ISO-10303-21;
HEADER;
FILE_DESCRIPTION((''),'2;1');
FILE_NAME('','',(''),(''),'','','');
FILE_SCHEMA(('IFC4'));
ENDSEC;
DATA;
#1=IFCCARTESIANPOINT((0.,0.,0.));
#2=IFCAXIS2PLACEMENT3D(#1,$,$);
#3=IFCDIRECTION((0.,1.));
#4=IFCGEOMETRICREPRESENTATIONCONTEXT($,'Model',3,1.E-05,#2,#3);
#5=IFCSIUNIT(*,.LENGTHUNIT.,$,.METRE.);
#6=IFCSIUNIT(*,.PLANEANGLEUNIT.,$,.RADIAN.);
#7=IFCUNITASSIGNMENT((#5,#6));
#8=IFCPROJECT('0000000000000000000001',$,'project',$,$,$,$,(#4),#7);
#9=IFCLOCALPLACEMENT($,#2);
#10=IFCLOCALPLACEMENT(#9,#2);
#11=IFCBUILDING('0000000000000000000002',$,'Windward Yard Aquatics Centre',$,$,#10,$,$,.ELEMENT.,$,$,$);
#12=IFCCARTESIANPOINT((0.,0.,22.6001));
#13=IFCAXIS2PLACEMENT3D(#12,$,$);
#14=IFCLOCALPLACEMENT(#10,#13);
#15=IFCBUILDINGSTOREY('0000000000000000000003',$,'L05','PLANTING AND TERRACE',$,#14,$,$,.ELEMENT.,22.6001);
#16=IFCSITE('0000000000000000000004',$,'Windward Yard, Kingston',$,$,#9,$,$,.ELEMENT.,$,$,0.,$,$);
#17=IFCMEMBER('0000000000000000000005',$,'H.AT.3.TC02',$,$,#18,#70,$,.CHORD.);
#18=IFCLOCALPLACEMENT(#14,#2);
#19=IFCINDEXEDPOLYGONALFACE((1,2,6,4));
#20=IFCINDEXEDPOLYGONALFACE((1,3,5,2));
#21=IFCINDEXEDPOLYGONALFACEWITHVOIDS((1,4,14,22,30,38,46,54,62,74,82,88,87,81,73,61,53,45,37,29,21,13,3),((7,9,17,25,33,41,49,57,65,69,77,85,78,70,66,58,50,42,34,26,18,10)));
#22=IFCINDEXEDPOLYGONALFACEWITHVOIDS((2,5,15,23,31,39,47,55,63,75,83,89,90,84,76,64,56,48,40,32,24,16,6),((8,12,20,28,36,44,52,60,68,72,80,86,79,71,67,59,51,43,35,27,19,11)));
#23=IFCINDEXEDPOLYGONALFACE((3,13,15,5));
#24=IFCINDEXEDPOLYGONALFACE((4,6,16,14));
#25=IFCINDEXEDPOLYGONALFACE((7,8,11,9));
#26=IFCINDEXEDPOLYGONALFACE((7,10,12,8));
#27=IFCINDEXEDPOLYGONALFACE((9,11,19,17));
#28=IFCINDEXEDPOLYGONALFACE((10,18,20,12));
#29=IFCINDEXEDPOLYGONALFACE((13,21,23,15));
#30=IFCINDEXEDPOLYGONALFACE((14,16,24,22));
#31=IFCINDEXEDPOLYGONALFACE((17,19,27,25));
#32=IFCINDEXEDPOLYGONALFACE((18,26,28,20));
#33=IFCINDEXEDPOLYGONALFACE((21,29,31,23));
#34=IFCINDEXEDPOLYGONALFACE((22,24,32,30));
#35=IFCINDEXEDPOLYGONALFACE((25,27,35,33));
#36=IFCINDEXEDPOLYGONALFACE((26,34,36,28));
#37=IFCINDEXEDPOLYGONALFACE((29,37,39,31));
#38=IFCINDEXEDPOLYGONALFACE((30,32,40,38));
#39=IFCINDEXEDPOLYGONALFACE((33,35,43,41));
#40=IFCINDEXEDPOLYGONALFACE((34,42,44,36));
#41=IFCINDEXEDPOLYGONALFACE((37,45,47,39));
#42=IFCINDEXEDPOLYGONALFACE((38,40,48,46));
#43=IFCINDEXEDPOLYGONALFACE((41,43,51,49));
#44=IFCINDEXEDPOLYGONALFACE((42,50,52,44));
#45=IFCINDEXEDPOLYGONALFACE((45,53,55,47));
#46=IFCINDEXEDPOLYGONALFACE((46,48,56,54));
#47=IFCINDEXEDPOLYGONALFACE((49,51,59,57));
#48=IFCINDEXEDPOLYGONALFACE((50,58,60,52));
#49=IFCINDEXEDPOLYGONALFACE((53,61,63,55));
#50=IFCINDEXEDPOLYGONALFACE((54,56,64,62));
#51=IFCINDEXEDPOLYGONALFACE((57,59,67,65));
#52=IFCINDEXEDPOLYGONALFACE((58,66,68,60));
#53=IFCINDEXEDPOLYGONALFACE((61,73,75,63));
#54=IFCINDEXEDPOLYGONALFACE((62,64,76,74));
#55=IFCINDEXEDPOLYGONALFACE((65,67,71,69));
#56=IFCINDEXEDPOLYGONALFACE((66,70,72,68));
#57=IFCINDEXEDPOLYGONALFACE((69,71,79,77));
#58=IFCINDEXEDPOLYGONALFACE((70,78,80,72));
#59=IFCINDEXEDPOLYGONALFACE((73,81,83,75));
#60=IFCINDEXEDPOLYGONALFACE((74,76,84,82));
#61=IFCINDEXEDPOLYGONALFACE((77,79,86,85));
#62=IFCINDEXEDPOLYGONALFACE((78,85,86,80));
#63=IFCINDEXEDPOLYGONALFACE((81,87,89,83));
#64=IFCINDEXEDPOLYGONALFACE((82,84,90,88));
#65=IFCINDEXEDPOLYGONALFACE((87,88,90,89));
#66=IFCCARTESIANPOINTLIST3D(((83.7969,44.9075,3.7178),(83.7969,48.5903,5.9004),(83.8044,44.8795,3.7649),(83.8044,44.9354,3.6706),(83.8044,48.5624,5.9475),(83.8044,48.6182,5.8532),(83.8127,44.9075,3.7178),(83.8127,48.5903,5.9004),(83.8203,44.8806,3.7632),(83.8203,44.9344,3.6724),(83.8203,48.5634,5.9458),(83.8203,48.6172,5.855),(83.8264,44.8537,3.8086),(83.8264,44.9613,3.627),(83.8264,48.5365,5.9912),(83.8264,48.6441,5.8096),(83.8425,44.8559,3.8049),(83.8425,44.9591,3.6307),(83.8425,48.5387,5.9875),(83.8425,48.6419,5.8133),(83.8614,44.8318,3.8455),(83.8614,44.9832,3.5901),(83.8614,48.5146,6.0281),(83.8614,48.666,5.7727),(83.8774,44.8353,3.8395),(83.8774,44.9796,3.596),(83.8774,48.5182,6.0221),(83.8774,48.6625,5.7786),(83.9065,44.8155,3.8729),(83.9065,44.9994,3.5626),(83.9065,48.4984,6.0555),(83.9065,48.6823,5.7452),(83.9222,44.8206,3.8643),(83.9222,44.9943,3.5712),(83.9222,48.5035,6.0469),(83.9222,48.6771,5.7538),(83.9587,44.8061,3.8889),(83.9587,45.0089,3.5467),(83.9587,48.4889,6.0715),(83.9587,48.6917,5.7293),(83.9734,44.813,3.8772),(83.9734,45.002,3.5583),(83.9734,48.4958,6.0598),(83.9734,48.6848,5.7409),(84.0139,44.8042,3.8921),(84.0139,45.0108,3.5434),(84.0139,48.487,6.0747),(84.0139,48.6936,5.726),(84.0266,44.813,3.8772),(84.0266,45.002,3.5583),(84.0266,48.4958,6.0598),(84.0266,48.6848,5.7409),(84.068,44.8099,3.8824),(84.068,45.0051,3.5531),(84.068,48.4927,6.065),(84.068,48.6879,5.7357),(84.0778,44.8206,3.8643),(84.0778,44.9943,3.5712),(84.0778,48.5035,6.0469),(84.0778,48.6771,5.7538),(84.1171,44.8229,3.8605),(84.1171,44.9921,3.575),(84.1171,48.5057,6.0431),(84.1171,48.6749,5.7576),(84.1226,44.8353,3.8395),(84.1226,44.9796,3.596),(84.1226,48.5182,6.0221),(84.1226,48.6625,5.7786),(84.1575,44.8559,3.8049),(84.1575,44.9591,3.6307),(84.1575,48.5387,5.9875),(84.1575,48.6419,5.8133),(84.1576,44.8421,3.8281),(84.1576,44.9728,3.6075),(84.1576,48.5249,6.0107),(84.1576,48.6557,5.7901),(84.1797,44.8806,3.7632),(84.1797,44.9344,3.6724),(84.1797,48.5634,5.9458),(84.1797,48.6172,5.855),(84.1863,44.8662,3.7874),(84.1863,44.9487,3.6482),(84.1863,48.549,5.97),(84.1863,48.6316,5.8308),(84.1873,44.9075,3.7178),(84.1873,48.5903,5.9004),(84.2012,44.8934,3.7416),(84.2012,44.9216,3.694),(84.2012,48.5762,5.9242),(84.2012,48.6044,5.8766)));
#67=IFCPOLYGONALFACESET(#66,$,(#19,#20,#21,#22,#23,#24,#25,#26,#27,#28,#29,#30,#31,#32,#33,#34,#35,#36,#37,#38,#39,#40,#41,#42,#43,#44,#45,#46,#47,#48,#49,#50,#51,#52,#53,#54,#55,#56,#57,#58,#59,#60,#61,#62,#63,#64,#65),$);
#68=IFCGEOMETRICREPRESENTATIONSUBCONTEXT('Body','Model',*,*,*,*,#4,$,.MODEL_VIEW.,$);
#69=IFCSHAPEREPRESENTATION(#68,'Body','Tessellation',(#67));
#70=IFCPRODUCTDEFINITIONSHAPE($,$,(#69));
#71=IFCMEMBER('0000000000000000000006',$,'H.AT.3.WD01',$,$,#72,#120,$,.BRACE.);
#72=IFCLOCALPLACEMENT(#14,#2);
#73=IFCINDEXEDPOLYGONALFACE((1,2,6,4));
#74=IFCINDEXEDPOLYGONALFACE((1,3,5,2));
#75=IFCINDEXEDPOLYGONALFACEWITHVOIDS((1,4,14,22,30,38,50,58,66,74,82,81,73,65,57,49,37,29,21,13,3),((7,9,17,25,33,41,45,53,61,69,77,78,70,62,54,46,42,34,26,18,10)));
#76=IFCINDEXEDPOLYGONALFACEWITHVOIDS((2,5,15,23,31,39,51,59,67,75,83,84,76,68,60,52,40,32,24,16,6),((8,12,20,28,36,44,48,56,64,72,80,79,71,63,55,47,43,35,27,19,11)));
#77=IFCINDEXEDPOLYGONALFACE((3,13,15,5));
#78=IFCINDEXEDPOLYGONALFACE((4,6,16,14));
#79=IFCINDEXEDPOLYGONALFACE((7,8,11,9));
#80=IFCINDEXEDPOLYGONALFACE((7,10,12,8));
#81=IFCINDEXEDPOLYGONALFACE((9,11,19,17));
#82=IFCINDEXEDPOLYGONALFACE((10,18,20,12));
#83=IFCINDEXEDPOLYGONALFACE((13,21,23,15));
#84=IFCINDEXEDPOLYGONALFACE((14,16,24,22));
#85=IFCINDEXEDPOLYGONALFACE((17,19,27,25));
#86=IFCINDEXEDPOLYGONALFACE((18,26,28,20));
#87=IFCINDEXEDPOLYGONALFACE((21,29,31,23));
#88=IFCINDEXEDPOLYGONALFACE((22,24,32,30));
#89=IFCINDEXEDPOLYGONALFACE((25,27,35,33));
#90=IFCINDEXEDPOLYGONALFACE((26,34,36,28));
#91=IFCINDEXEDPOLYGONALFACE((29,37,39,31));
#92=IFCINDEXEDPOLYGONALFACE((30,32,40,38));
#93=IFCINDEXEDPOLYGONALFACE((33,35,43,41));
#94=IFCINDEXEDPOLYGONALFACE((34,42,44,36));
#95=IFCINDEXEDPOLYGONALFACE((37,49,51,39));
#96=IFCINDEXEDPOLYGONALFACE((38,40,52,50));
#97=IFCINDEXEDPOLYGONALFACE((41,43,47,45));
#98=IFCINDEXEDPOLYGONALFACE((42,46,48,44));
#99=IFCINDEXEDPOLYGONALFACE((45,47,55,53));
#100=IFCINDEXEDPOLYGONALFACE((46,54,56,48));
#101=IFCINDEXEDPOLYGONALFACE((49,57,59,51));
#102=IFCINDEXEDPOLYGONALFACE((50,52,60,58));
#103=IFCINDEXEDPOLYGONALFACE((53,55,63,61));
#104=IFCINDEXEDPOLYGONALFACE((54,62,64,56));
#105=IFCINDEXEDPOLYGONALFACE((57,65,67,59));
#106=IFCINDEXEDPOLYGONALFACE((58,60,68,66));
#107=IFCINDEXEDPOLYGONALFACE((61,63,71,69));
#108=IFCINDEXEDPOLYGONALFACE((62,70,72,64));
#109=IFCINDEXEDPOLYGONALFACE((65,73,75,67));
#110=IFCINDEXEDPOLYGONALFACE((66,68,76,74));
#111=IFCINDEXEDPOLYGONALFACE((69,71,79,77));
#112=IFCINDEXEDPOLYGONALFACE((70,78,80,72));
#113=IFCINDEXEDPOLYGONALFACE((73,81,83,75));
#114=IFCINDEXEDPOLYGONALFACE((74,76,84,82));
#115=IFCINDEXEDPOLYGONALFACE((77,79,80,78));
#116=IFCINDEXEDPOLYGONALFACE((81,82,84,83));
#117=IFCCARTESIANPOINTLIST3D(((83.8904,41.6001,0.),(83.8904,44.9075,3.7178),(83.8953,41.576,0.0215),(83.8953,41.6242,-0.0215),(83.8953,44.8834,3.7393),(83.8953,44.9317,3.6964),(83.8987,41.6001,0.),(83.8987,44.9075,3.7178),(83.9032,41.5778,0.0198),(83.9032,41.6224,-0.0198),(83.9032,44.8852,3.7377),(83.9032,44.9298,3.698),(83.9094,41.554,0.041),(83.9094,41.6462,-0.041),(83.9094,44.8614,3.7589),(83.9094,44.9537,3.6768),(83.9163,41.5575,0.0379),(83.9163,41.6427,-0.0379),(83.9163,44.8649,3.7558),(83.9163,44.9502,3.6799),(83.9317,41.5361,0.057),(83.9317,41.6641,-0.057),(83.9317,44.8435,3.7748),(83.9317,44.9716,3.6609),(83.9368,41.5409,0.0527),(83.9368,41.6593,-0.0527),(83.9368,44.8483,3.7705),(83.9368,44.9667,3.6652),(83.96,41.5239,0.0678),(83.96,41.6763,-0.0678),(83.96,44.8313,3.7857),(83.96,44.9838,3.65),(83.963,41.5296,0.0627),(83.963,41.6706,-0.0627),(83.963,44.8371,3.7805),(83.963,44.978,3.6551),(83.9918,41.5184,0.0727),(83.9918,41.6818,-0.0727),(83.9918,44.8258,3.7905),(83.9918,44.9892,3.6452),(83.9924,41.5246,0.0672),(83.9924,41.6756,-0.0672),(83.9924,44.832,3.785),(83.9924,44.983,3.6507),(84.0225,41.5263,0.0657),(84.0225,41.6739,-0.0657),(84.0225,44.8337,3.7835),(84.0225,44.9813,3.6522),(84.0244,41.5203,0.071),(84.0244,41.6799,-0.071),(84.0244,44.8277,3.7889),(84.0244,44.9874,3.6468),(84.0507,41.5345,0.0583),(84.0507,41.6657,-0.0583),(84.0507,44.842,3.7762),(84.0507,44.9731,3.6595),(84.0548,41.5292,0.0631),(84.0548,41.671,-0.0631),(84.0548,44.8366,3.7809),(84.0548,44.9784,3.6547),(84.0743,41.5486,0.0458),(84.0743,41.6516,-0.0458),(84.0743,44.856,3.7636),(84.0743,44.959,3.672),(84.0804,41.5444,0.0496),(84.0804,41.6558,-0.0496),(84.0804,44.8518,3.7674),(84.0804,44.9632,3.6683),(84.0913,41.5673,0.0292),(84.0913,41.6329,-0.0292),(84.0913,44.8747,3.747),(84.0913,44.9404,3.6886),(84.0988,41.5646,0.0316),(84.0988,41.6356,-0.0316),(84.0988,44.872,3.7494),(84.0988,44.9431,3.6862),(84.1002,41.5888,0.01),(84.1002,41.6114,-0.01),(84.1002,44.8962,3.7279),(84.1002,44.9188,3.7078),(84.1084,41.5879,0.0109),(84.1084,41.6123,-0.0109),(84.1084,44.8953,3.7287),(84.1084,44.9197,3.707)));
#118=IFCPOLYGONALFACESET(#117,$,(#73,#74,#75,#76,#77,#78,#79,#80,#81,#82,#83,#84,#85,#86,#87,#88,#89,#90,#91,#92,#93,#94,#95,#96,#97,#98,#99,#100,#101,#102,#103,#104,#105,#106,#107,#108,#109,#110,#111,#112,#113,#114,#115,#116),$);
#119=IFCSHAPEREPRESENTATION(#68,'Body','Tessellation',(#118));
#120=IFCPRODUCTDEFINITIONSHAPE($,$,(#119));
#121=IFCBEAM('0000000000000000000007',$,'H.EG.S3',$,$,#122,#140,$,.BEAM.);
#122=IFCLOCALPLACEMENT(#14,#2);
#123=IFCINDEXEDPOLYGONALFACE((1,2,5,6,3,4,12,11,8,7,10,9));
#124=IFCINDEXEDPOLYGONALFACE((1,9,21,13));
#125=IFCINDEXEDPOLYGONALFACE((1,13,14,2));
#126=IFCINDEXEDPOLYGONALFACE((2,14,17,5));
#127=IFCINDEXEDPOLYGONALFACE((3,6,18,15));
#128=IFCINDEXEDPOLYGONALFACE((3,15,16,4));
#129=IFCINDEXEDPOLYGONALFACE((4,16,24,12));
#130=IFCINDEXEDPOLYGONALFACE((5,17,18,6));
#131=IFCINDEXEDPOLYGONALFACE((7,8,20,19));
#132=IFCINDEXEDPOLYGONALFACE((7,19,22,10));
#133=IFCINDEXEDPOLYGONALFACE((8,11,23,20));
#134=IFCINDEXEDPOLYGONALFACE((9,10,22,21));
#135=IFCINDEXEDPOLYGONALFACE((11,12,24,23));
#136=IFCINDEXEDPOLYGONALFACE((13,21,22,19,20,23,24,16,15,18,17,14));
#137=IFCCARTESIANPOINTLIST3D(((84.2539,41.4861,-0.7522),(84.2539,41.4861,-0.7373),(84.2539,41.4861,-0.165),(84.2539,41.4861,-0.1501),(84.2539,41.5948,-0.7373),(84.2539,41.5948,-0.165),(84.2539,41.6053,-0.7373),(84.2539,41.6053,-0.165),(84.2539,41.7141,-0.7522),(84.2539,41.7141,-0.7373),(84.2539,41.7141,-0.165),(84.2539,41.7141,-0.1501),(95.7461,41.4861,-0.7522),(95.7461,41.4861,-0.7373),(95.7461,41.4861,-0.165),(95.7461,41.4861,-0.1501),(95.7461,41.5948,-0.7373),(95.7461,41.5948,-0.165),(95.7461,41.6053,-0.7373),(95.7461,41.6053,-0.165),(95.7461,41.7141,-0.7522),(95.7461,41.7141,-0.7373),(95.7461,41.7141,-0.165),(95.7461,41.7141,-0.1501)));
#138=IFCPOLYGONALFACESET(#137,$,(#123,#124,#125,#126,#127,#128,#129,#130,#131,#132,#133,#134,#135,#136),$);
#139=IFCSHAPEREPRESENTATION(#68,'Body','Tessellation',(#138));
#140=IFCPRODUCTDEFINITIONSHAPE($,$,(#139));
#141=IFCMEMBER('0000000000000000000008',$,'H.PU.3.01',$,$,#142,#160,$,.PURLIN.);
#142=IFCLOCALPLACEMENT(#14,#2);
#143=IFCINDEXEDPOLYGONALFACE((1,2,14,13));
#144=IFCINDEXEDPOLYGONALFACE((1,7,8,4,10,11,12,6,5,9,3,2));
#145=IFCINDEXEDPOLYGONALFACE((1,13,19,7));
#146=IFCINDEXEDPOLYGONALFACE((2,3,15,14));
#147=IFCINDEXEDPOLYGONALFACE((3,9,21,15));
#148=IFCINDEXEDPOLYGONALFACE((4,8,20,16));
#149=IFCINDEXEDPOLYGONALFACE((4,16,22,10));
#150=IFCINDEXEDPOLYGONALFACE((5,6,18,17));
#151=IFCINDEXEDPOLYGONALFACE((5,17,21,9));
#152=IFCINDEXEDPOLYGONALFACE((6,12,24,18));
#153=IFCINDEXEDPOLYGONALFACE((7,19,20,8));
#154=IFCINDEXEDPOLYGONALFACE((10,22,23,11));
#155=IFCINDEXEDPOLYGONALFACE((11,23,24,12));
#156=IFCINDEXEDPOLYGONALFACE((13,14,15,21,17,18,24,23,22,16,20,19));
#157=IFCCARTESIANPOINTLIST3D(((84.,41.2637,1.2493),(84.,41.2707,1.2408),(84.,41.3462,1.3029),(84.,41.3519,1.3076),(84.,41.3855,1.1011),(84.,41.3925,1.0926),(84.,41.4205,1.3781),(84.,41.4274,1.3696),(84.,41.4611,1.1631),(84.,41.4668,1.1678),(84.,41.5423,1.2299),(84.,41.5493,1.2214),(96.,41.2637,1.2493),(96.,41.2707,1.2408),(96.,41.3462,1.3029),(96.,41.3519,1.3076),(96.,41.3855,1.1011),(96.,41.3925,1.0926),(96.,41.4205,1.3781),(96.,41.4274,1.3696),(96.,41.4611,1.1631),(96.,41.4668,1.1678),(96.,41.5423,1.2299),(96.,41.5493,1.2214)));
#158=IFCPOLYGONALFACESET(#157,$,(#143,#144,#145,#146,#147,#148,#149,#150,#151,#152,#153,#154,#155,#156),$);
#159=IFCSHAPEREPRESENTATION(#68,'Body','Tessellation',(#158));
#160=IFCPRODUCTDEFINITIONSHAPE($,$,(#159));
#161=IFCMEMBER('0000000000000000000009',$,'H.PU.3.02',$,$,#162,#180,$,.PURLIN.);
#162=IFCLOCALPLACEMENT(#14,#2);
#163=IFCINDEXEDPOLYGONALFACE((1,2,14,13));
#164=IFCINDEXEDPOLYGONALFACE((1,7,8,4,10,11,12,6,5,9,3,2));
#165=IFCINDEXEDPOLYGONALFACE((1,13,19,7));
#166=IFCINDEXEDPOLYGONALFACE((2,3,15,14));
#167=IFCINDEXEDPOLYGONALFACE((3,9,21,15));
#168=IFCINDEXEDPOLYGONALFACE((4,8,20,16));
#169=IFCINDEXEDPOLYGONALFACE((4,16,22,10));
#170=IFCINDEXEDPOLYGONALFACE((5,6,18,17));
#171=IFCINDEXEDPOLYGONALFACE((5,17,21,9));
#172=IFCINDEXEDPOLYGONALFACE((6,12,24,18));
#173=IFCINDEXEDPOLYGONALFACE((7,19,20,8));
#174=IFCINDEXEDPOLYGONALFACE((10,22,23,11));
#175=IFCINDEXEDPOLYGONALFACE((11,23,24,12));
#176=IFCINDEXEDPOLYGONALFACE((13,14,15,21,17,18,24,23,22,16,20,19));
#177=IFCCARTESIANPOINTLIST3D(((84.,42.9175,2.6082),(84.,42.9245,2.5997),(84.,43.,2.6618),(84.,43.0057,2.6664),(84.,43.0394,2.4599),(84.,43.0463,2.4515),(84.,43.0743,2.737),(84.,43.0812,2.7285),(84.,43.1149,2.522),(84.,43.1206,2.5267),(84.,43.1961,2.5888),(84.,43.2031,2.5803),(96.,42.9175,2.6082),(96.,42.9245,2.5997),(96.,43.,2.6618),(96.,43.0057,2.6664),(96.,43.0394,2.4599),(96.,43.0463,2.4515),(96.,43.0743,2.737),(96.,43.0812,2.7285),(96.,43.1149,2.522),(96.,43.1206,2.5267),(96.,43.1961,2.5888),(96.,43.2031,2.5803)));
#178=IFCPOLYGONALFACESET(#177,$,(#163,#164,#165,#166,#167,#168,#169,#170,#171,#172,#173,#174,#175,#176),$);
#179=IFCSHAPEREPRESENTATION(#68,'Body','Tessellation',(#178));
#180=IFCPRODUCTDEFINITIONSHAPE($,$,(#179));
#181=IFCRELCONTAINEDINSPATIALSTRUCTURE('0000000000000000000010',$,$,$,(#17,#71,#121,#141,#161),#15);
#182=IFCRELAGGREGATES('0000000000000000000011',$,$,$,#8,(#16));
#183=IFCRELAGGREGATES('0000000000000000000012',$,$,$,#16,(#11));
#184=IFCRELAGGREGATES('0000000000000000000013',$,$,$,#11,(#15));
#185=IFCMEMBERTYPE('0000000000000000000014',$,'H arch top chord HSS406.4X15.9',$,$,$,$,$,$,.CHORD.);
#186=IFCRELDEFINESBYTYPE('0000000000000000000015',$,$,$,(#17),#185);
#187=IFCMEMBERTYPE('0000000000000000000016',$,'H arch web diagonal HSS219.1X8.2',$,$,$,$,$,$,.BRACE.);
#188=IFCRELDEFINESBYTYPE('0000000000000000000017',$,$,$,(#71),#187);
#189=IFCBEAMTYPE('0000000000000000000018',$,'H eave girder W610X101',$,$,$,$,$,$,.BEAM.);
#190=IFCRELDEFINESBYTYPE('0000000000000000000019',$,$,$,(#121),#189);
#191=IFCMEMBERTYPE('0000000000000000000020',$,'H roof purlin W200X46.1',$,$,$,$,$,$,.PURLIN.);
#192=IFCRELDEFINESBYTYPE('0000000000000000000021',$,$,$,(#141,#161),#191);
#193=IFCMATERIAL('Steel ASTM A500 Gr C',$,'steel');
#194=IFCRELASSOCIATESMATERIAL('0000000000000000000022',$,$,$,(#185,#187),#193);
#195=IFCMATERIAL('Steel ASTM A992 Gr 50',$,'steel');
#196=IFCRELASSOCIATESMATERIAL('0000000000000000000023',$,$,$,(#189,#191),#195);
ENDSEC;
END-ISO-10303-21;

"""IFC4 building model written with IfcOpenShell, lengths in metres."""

from ifc_helpers import new_model, si_unit, direction, frame, origin, origin_2d, place, context, subcontext, project, spatial, hollow_circle, i_section, extrude, material, material_profile, profile_set, type_object, element, save


model = new_model("IFC4")

# Units and contexts
model_context = context("Model", 3, precision=1e-05, world=origin(), true_north=direction((0.0, 1.0)))
body_context = subcontext(model_context, "Body", "Model", "MODEL_VIEW")
ifc_project = project(units=[si_unit("LENGTHUNIT", "METRE"), si_unit("PLANEANGLEUNIT", "RADIAN")], contexts=[model_context])

# Site, building, storey
site_placement = place(None, origin())
site = spatial("IfcSite", under=ifc_project, at=site_placement, Name="Windward Yard, Kingston", CompositionType="ELEMENT", RefElevation=0.0)
building_placement = place(site_placement, origin())
building = spatial("IfcBuilding", under=site, at=building_placement, Name="Windward Yard Aquatics Centre", CompositionType="ELEMENT")
storey_placement = place(building_placement, frame((0.0, 0.0, 22.6001)))
storey = spatial("IfcBuildingStorey", under=building, at=storey_placement, Name="L05", Description="PLANTING AND TERRACE", CompositionType="ELEMENT", Elevation=22.6001)

# Members
ifc_material_1 = material(Name="Steel ASTM A500 Gr C", Category="steel")
ifc_material_profile_1 = material_profile(ifc_material_1, hollow_circle(Radius=0.2031, WallThickness=0.0159, at=origin_2d()), Name="HSS406.4X15.9")
ifc_profile_set_1 = profile_set([ifc_material_profile_1], Name="Steel ASTM A500 Gr C")
member_type_1 = type_object("IfcMemberType", Name="H arch top chord HSS406.4X15.9", PredefinedType="CHORD", material=ifc_profile_set_1)
member_1_placement = place(storey_placement, frame((84.0, 44.9075, 3.7178), z_axis=(0.0, 0.860273, 0.509834), x_axis=(-1.0, 0.0, 0.0)))
element("IfcMember", 1, at=member_1_placement, inside=storey, type_object=member_type_1, Name="H.AT.3.TC02", PredefinedType="CHORD", context=body_context, shape_type="SweptSolid", body=[
    extrude(hollow_circle(Radius=0.2031, WallThickness=0.0159, at=origin_2d()), origin(), (0.0, 0.0, 1.0), 4.281),
])
ifc_material_profile_2 = material_profile(ifc_material_1, hollow_circle(Radius=0.1096, WallThickness=0.0083, at=origin_2d()), Name="HSS219.1X8.2")
ifc_profile_set_2 = profile_set([ifc_material_profile_2], Name="Steel ASTM A500 Gr C")
member_type_2 = type_object("IfcMemberType", Name="H arch web diagonal HSS219.1X8.2", PredefinedType="BRACE", material=ifc_profile_set_2)
member_2_placement = place(storey_placement, frame((84.0, 41.6001, 0.0), z_axis=(0.0, 0.664665, 0.747141), x_axis=(-1.0, 0.0, 0.0)))
element("IfcMember", 2, at=member_2_placement, inside=storey, type_object=member_type_2, Name="H.AT.3.WD01", PredefinedType="BRACE", context=body_context, shape_type="SweptSolid", body=[
    extrude(hollow_circle(Radius=0.1096, WallThickness=0.0083, at=origin_2d()), origin(), (0.0, 0.0, 1.0), 4.9761),
])

# Beam
ifc_material_2 = material(Name="Steel ASTM A992 Gr 50", Category="steel")
ifc_material_profile_3 = material_profile(ifc_material_2, i_section(OverallWidth=0.228, OverallDepth=0.6021, WebThickness=0.0105, FlangeThickness=0.0149, at=origin_2d()), Name="W610X101")
ifc_profile_set_3 = profile_set([ifc_material_profile_3], Name="Steel ASTM A992 Gr 50")
beam_type_1 = type_object("IfcBeamType", Name="H eave girder W610X101", PredefinedType="BEAM", material=ifc_profile_set_3)
beam_1_placement = place(storey_placement, frame((84.2539, 41.6001, -0.4512), z_axis=(1.0, 0.0, 0.0), x_axis=(0.0, 1.0, 0.0)))
element("IfcBeam", 3, at=beam_1_placement, inside=storey, type_object=beam_type_1, Name="H.EG.S3", PredefinedType="BEAM", context=body_context, shape_type="SweptSolid", body=[
    extrude(i_section(OverallWidth=0.228, OverallDepth=0.6021, WebThickness=0.0105, FlangeThickness=0.0149, at=origin_2d()), origin(), (0.0, 0.0, 1.0), 11.4922),
])

# Members
ifc_material_profile_4 = material_profile(ifc_material_2, i_section(OverallWidth=0.2029, OverallDepth=0.2029, WebThickness=0.0073, FlangeThickness=0.011, at=origin_2d()), Name="W200X46.1")
ifc_profile_set_4 = profile_set([ifc_material_profile_4], Name="Steel ASTM A992 Gr 50")
member_type_3 = type_object("IfcMemberType", Name="H roof purlin W200X46.1", PredefinedType="PURLIN", material=ifc_profile_set_4)
for number, where, z_axis, x_axis, name in (
    (4, (84.0, 41.4065, 1.2354), (1.0, 0.0, 0.0), (0.0, 0.772611, 0.63488), "H.PU.3.01"),
    (5, (84.0, 43.0603, 2.5942), (1.0, 0.0, 0.0), (0.0, 0.772611, 0.63488), "H.PU.3.02"),
):
    element("IfcMember", number, at=place(storey_placement, frame(where, z_axis=z_axis, x_axis=x_axis)), inside=storey, type_object=member_type_3, Name=name, PredefinedType="PURLIN", context=body_context, shape_type="SweptSolid", body=[
        extrude(i_section(OverallWidth=0.2029, OverallDepth=0.2029, WebThickness=0.0073, FlangeThickness=0.011, at=origin_2d()), origin(), (0.0, 0.0, 1.0), 12.0),
    ])

save(model, "model.ifc")
